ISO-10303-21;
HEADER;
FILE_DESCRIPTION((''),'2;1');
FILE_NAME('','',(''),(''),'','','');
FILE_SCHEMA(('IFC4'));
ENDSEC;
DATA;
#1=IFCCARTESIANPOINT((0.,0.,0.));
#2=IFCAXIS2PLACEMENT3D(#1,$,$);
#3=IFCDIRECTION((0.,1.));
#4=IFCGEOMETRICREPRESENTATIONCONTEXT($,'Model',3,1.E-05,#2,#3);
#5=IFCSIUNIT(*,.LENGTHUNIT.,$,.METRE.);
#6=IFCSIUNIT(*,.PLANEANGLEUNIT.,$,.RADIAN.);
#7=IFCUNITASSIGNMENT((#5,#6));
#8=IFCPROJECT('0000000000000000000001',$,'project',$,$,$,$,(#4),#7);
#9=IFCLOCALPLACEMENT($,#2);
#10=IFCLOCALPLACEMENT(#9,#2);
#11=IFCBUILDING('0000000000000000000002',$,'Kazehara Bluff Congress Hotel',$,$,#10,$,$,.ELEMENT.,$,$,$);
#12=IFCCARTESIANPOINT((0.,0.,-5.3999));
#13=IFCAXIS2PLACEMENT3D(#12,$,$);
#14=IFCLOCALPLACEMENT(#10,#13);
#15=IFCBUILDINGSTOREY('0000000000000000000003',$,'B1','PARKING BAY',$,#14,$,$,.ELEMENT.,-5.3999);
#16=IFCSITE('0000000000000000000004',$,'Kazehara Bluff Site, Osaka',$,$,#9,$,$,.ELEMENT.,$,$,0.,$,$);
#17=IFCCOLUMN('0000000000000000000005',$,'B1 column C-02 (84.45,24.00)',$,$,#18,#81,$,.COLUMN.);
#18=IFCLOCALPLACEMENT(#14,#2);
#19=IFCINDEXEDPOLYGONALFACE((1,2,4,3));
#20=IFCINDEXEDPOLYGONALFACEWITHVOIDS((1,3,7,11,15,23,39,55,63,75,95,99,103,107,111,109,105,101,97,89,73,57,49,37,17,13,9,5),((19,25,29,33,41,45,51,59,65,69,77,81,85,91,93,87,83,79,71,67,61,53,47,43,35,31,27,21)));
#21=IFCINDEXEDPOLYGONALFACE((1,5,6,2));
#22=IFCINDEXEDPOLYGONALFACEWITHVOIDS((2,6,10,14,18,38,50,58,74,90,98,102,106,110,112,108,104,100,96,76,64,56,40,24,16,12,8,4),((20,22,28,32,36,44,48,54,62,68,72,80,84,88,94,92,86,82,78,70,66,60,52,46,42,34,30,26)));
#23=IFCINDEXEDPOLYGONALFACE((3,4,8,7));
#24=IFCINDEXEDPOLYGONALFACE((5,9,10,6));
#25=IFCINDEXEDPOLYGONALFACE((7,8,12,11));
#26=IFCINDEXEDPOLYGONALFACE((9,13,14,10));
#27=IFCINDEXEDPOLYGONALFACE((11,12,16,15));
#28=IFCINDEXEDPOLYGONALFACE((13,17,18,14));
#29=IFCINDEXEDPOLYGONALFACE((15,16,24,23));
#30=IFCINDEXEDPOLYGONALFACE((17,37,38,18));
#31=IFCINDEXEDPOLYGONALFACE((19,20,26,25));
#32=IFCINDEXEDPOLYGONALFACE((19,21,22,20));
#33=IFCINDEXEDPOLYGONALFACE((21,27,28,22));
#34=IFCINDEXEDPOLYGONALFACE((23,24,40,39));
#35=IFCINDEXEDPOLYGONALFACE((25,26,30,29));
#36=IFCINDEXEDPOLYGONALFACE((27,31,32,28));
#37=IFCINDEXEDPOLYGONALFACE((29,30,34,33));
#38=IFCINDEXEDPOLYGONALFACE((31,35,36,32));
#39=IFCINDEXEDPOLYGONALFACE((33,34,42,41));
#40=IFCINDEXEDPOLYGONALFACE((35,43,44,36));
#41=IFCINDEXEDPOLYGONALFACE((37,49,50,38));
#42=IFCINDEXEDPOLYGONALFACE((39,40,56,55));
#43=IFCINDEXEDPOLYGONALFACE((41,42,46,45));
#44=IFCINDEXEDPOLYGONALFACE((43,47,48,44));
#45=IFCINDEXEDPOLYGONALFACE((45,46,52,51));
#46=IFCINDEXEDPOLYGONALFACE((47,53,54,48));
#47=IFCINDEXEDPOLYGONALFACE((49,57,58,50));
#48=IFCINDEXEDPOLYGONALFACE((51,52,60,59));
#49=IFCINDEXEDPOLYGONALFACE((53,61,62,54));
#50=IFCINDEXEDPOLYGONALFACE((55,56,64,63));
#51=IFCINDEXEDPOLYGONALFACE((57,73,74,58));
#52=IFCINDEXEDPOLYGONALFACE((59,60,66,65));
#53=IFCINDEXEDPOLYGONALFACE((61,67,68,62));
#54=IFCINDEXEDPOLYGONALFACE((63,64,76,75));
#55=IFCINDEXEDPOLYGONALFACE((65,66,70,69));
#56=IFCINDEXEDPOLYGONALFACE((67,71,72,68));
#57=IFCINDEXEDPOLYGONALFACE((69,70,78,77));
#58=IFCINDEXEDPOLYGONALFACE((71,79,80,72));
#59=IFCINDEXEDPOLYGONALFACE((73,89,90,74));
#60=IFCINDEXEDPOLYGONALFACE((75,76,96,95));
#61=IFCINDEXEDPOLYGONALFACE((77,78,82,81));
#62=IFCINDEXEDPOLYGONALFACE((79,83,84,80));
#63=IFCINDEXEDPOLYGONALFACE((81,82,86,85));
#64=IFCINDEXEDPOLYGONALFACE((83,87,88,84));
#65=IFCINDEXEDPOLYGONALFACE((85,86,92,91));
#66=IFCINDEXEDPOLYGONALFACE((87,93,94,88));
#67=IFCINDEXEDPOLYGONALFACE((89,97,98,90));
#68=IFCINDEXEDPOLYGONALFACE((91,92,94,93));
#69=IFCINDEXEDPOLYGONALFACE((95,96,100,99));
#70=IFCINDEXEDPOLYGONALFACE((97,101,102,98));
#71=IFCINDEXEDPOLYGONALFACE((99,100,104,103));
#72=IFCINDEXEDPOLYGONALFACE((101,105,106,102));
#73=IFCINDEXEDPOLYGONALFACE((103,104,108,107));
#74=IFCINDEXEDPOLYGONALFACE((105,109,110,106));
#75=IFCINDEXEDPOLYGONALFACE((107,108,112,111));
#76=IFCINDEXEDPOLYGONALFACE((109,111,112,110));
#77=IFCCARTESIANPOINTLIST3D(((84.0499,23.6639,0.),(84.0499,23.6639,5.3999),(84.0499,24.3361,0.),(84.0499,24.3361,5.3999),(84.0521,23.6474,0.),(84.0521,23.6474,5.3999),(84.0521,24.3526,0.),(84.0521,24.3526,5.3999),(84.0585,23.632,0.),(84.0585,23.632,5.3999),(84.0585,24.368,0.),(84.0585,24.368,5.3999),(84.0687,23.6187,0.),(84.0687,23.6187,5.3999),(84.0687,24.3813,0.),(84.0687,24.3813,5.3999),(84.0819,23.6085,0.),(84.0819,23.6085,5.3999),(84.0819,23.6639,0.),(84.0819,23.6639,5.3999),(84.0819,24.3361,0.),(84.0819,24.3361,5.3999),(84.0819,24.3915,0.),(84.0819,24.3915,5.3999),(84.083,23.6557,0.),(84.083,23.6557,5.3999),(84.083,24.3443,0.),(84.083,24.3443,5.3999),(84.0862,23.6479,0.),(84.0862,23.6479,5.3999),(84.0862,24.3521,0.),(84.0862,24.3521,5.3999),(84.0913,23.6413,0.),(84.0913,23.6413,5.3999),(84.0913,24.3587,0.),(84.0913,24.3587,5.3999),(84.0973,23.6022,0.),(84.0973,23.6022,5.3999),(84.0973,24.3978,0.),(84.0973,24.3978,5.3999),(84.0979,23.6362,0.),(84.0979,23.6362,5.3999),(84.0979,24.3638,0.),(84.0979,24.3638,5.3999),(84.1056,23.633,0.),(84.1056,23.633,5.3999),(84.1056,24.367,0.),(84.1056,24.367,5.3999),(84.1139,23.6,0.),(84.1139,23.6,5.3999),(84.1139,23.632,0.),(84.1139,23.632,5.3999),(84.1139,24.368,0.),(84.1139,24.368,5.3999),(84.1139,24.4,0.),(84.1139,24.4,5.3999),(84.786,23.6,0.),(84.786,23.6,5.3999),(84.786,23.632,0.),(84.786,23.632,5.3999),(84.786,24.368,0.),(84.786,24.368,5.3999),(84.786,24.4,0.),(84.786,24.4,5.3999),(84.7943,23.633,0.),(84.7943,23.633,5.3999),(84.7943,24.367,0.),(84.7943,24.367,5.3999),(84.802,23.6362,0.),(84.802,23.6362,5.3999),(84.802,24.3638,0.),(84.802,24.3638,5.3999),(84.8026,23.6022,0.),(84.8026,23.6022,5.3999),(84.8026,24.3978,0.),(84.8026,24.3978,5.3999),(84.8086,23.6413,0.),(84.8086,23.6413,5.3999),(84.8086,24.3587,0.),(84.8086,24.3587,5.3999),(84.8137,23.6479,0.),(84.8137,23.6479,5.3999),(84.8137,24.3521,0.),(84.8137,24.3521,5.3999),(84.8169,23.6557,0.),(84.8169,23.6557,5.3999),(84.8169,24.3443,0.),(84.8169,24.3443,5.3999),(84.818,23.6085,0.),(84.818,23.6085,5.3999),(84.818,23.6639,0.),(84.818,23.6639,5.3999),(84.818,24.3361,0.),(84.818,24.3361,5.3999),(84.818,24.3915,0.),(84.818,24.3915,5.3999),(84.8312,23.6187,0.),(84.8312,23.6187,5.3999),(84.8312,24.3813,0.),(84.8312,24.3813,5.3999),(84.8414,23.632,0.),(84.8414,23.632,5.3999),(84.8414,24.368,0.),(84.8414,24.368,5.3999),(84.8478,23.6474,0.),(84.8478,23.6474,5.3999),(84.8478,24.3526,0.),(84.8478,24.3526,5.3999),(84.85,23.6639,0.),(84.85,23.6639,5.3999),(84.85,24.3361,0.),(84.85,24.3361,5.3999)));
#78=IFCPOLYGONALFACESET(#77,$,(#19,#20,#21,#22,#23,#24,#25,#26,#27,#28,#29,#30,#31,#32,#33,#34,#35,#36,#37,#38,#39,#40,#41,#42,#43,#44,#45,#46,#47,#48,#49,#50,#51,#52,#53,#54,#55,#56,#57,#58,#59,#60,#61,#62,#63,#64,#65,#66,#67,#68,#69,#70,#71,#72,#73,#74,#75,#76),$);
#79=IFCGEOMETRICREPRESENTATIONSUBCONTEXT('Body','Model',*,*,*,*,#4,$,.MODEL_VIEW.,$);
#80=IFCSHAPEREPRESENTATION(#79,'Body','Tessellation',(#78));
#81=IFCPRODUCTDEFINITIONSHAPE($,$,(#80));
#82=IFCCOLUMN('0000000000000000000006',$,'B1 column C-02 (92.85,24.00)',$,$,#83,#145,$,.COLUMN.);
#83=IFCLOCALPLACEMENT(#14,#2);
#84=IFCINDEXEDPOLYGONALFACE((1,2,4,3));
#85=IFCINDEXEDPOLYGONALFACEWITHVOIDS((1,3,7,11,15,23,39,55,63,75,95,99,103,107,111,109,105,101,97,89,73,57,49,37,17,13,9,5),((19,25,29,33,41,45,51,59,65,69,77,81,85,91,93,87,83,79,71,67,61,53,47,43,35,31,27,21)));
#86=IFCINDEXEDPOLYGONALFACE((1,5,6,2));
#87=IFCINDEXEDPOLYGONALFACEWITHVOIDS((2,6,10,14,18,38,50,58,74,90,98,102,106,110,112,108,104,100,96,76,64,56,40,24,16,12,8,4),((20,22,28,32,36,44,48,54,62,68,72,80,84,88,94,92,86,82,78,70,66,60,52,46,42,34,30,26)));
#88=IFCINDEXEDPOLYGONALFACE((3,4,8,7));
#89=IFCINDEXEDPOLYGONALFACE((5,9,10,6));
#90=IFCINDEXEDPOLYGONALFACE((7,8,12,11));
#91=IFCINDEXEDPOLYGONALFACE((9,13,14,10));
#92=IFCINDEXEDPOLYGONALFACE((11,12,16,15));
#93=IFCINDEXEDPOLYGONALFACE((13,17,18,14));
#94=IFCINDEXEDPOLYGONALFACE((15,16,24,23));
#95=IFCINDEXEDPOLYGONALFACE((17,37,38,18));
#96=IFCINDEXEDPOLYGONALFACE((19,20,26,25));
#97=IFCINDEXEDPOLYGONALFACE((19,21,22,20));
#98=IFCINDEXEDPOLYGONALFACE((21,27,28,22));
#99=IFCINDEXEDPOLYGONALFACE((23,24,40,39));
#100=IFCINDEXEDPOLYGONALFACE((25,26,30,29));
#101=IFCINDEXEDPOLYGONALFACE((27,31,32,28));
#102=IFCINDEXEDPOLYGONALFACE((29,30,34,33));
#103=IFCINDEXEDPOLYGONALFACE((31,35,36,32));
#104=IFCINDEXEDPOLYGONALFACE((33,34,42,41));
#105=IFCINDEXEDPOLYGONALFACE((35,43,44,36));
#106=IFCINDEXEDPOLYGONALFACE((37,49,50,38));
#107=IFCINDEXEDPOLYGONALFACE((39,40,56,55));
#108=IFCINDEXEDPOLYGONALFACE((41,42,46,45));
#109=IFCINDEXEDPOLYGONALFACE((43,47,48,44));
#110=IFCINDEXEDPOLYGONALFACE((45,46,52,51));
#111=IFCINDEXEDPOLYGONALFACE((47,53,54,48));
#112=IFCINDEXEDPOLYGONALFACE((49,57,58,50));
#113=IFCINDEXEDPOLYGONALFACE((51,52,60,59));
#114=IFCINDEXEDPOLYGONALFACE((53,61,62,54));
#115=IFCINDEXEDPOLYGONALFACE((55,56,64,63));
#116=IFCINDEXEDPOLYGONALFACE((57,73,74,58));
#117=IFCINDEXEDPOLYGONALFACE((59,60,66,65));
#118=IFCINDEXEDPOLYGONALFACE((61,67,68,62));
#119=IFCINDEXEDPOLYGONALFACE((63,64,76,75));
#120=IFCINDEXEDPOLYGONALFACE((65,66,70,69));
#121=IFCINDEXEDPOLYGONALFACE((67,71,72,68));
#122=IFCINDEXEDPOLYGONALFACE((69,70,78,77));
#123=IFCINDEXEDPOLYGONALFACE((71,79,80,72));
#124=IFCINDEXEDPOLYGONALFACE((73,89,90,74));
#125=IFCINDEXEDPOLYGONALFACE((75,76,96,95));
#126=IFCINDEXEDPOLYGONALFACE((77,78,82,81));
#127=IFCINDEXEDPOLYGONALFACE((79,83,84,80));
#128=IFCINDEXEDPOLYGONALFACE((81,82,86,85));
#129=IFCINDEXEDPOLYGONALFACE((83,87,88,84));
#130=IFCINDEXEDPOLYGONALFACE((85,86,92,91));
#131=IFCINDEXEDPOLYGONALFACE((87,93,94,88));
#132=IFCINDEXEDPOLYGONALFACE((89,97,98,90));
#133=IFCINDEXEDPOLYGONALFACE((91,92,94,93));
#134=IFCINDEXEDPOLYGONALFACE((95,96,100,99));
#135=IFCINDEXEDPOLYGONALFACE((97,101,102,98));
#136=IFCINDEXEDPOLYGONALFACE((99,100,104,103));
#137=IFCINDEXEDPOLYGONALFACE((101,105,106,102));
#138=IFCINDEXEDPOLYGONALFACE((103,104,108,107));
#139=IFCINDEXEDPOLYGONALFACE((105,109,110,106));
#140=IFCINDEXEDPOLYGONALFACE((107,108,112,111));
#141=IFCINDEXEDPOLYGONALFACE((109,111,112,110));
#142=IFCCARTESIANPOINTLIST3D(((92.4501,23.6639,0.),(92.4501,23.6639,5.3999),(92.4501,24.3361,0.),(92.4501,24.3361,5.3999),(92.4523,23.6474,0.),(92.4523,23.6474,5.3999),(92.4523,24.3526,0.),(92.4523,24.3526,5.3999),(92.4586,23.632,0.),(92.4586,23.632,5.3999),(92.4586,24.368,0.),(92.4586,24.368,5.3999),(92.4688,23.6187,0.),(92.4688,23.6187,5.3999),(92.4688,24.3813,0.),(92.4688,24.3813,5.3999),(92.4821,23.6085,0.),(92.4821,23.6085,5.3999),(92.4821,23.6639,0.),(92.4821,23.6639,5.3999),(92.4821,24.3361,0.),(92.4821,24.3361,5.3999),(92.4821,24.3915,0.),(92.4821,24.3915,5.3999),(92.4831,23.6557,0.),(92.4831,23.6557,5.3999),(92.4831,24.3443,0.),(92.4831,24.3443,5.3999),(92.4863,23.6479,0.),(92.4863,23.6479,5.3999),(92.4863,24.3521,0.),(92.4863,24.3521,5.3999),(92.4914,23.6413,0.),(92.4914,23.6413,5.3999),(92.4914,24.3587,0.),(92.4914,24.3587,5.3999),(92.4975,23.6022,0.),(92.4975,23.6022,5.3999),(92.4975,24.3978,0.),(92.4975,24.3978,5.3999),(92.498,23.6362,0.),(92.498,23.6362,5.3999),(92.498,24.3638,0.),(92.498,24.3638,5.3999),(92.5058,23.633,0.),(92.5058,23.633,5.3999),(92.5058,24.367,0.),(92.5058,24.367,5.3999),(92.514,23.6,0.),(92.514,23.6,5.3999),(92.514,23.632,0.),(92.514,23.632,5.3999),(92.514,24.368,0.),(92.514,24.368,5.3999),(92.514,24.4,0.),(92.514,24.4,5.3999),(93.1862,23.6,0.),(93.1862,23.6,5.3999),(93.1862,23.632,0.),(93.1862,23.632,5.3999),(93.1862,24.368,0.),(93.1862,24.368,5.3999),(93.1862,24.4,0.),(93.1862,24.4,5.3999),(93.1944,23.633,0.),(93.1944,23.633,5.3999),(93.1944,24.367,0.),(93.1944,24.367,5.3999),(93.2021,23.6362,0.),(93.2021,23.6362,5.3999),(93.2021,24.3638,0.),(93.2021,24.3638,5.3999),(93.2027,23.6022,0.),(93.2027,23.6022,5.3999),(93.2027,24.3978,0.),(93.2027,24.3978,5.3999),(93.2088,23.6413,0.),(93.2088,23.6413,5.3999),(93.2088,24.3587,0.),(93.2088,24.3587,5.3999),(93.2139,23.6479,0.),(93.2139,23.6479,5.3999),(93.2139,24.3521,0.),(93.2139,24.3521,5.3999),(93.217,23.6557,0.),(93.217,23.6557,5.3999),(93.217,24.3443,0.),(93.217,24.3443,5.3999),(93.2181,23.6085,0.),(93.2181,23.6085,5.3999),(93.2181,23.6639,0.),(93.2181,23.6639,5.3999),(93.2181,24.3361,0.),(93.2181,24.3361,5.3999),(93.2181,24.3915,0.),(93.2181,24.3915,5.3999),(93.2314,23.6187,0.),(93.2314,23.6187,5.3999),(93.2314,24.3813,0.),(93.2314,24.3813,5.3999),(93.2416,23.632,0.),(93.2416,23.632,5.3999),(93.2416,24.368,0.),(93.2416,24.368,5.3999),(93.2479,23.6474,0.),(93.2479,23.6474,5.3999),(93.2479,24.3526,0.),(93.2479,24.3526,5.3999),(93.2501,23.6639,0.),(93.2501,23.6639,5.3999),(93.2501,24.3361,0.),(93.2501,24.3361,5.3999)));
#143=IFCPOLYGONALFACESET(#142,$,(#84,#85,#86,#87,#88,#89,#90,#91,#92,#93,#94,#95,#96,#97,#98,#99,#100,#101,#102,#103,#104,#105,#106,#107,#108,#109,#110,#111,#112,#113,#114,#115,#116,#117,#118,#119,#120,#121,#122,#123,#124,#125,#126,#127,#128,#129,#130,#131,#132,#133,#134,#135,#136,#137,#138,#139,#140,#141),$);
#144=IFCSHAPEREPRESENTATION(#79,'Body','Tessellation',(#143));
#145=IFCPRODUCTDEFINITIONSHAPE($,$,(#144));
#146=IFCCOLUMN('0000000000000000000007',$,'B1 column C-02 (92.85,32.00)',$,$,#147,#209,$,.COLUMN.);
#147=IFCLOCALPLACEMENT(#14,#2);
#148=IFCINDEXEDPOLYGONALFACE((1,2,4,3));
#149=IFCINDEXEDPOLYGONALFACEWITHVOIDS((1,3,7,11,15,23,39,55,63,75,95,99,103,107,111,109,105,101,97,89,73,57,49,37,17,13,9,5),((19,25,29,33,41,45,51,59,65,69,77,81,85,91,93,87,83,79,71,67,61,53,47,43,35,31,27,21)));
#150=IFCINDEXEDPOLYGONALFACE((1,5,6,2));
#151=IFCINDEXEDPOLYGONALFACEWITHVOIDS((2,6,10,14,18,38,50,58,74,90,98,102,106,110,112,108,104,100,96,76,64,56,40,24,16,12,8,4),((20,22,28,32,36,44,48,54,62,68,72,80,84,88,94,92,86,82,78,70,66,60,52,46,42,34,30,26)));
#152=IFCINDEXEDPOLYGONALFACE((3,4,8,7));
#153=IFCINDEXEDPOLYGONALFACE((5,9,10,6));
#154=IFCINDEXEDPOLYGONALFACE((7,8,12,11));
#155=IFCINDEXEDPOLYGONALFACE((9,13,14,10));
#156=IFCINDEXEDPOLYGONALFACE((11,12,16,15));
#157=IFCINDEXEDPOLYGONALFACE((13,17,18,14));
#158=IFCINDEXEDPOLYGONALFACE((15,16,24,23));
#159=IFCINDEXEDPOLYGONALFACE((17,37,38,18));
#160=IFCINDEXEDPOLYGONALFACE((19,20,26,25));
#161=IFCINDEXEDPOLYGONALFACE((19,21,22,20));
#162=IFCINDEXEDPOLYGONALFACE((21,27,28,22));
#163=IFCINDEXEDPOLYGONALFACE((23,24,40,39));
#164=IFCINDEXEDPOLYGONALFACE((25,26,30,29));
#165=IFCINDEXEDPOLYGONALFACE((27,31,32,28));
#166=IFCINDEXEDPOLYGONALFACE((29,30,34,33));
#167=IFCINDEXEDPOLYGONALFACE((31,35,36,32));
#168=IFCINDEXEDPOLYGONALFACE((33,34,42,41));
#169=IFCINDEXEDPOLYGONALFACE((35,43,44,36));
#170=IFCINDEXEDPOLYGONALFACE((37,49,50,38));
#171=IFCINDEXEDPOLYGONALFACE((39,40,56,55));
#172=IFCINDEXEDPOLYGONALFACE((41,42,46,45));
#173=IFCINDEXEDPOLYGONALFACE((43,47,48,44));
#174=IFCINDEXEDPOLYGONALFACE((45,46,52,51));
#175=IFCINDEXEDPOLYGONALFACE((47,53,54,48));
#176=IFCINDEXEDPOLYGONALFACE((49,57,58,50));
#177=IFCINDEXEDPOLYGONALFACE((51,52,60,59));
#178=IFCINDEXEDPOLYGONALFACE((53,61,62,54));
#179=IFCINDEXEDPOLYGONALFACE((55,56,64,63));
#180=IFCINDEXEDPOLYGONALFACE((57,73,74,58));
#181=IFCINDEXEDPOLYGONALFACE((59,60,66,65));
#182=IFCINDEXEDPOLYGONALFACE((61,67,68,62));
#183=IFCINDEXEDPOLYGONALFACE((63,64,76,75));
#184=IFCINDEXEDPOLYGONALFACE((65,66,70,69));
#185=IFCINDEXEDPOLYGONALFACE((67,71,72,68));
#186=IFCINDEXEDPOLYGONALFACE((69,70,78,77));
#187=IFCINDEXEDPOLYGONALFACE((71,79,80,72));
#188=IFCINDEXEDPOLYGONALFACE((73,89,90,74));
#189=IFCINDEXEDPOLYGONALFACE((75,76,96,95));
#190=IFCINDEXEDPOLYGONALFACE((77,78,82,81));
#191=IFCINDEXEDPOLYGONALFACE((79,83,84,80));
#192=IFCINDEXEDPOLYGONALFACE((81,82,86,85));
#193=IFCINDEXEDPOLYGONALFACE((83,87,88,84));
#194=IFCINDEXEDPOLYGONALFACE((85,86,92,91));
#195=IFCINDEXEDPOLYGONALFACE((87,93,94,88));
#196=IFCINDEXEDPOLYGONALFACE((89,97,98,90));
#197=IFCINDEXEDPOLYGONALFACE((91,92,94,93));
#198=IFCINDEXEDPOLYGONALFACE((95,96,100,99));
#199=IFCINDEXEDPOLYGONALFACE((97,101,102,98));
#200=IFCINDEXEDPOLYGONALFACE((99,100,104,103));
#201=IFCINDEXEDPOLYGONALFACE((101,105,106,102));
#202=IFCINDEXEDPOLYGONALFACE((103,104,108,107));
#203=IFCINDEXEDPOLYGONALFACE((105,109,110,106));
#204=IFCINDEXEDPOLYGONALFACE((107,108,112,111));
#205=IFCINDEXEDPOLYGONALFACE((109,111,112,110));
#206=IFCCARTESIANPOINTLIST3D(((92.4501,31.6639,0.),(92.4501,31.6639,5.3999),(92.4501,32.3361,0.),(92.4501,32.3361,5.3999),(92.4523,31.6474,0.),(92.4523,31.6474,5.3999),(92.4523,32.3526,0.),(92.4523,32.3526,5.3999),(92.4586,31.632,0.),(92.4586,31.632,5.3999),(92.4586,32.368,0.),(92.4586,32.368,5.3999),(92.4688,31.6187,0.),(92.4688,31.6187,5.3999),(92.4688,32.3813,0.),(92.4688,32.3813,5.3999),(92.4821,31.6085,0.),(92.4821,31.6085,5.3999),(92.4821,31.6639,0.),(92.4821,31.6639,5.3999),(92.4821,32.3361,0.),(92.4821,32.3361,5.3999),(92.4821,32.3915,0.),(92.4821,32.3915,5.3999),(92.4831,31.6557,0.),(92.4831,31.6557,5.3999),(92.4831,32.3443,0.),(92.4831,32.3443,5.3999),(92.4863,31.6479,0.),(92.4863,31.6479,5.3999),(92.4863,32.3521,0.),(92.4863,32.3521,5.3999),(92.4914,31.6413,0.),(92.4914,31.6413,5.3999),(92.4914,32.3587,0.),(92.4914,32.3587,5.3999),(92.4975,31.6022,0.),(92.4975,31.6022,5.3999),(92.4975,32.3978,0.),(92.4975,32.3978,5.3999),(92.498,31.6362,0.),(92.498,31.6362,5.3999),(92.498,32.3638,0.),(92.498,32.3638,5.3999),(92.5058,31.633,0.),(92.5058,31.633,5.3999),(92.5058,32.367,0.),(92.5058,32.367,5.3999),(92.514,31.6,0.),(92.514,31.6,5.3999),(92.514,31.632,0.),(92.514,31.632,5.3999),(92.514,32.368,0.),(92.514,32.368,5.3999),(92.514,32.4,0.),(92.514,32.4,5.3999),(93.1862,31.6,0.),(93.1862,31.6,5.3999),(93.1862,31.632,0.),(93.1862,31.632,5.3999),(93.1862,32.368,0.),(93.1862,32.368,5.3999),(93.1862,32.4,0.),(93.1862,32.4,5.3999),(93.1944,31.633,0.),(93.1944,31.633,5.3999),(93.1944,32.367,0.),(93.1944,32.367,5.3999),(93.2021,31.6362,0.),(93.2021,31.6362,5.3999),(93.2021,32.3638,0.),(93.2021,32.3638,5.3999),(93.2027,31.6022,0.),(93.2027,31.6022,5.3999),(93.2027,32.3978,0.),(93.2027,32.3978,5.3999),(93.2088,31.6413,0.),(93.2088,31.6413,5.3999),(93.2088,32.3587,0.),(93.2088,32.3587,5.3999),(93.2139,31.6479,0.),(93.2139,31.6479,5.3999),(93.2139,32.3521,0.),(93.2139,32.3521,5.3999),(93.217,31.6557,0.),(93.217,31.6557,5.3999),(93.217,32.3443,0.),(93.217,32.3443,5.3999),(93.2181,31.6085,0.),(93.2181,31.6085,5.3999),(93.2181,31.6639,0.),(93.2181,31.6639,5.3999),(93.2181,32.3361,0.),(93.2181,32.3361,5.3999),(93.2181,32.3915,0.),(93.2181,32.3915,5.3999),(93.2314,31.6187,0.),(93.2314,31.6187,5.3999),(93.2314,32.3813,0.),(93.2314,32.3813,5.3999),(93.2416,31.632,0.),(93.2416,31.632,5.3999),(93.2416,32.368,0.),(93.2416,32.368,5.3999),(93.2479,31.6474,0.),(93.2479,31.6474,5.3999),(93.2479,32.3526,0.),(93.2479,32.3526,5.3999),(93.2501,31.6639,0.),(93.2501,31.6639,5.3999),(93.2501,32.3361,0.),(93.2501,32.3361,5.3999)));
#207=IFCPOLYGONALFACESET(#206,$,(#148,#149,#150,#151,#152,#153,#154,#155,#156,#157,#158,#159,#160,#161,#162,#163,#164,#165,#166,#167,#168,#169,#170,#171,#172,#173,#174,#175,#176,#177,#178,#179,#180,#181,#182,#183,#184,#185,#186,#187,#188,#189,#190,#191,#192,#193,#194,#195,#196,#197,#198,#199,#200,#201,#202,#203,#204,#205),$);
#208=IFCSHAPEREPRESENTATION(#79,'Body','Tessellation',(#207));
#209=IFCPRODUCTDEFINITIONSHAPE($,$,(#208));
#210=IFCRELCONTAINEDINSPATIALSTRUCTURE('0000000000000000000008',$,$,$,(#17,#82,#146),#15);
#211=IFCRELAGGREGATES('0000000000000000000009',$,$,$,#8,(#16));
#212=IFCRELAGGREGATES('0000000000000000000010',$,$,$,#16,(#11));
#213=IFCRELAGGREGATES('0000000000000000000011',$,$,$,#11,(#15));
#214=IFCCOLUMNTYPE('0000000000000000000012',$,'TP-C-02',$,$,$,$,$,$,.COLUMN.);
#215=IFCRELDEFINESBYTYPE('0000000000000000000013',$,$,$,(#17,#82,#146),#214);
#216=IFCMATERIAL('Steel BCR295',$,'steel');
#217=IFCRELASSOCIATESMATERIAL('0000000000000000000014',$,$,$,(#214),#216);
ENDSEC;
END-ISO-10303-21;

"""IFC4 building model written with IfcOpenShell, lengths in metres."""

from ifc_helpers import new_model, si_unit, direction, frame, origin, origin_2d, place, context, subcontext, project, spatial, hollow_rectangle, extrude, material, material_profile, profile_set, type_object, element, save


model = new_model("IFC4")

# Units and contexts
model_context = context("Model", 3, precision=1e-05, world=origin(), true_north=direction((0.0, 1.0)))
body_context = subcontext(model_context, "Body", "Model", "MODEL_VIEW")
ifc_project = project(units=[si_unit("LENGTHUNIT", "METRE"), si_unit("PLANEANGLEUNIT", "RADIAN")], contexts=[model_context])

# Site, building, storey
site_placement = place(None, origin())
site = spatial("IfcSite", under=ifc_project, at=site_placement, Name="Kazehara Bluff Site, Osaka", CompositionType="ELEMENT", RefElevation=0.0)
building_placement = place(site_placement, origin())
building = spatial("IfcBuilding", under=site, at=building_placement, Name="Kazehara Bluff Congress Hotel", CompositionType="ELEMENT")
storey_placement = place(building_placement, frame((0.0, 0.0, -5.3999)))
storey = spatial("IfcBuildingStorey", under=building, at=storey_placement, Name="B1", Description="PARKING BAY", CompositionType="ELEMENT", Elevation=-5.3999)

# Columns
ifc_material_1 = material(Name="Steel BCR295", Category="steel")
ifc_material_profile_1 = material_profile(ifc_material_1, hollow_rectangle(XDim=0.8, YDim=0.8, WallThickness=0.032, InnerFilletRadius=0.032, OuterFilletRadius=0.064, at=origin_2d()))
ifc_profile_set_1 = profile_set([ifc_material_profile_1], Name="Steel BCR295")
column_type_1 = type_object("IfcColumnType", Name="TP-C-02", PredefinedType="COLUMN", material=ifc_profile_set_1)
for number, where, z_axis, x_axis, name in (
    (1, (84.45, 24.0, 0.0), (0.0, 0.0, 1.0), (1.0, 0.0, 0.0), "B1 column C-02 (84.45,24.00)"),
    (2, (92.8501, 24.0, 0.0), (0.0, 0.0, 1.0), (1.0, 0.0, 0.0), "B1 column C-02 (92.85,24.00)"),
    (3, (92.8501, 32.0, 0.0), (0.0, 0.0, 1.0), (1.0, 0.0, 0.0), "B1 column C-02 (92.85,32.00)"),
):
    element("IfcColumn", number, at=place(storey_placement, frame(where, z_axis=z_axis, x_axis=x_axis)), inside=storey, type_object=column_type_1, Name=name, PredefinedType="COLUMN", context=body_context, shape_type="SweptSolid", body=[
        extrude(hollow_rectangle(XDim=0.8, YDim=0.8, WallThickness=0.032, InnerFilletRadius=0.032, OuterFilletRadius=0.064, at=origin_2d()), origin(), (0.0, 0.0, 1.0), 5.3999),
    ])

save(model, "model.ifc")
